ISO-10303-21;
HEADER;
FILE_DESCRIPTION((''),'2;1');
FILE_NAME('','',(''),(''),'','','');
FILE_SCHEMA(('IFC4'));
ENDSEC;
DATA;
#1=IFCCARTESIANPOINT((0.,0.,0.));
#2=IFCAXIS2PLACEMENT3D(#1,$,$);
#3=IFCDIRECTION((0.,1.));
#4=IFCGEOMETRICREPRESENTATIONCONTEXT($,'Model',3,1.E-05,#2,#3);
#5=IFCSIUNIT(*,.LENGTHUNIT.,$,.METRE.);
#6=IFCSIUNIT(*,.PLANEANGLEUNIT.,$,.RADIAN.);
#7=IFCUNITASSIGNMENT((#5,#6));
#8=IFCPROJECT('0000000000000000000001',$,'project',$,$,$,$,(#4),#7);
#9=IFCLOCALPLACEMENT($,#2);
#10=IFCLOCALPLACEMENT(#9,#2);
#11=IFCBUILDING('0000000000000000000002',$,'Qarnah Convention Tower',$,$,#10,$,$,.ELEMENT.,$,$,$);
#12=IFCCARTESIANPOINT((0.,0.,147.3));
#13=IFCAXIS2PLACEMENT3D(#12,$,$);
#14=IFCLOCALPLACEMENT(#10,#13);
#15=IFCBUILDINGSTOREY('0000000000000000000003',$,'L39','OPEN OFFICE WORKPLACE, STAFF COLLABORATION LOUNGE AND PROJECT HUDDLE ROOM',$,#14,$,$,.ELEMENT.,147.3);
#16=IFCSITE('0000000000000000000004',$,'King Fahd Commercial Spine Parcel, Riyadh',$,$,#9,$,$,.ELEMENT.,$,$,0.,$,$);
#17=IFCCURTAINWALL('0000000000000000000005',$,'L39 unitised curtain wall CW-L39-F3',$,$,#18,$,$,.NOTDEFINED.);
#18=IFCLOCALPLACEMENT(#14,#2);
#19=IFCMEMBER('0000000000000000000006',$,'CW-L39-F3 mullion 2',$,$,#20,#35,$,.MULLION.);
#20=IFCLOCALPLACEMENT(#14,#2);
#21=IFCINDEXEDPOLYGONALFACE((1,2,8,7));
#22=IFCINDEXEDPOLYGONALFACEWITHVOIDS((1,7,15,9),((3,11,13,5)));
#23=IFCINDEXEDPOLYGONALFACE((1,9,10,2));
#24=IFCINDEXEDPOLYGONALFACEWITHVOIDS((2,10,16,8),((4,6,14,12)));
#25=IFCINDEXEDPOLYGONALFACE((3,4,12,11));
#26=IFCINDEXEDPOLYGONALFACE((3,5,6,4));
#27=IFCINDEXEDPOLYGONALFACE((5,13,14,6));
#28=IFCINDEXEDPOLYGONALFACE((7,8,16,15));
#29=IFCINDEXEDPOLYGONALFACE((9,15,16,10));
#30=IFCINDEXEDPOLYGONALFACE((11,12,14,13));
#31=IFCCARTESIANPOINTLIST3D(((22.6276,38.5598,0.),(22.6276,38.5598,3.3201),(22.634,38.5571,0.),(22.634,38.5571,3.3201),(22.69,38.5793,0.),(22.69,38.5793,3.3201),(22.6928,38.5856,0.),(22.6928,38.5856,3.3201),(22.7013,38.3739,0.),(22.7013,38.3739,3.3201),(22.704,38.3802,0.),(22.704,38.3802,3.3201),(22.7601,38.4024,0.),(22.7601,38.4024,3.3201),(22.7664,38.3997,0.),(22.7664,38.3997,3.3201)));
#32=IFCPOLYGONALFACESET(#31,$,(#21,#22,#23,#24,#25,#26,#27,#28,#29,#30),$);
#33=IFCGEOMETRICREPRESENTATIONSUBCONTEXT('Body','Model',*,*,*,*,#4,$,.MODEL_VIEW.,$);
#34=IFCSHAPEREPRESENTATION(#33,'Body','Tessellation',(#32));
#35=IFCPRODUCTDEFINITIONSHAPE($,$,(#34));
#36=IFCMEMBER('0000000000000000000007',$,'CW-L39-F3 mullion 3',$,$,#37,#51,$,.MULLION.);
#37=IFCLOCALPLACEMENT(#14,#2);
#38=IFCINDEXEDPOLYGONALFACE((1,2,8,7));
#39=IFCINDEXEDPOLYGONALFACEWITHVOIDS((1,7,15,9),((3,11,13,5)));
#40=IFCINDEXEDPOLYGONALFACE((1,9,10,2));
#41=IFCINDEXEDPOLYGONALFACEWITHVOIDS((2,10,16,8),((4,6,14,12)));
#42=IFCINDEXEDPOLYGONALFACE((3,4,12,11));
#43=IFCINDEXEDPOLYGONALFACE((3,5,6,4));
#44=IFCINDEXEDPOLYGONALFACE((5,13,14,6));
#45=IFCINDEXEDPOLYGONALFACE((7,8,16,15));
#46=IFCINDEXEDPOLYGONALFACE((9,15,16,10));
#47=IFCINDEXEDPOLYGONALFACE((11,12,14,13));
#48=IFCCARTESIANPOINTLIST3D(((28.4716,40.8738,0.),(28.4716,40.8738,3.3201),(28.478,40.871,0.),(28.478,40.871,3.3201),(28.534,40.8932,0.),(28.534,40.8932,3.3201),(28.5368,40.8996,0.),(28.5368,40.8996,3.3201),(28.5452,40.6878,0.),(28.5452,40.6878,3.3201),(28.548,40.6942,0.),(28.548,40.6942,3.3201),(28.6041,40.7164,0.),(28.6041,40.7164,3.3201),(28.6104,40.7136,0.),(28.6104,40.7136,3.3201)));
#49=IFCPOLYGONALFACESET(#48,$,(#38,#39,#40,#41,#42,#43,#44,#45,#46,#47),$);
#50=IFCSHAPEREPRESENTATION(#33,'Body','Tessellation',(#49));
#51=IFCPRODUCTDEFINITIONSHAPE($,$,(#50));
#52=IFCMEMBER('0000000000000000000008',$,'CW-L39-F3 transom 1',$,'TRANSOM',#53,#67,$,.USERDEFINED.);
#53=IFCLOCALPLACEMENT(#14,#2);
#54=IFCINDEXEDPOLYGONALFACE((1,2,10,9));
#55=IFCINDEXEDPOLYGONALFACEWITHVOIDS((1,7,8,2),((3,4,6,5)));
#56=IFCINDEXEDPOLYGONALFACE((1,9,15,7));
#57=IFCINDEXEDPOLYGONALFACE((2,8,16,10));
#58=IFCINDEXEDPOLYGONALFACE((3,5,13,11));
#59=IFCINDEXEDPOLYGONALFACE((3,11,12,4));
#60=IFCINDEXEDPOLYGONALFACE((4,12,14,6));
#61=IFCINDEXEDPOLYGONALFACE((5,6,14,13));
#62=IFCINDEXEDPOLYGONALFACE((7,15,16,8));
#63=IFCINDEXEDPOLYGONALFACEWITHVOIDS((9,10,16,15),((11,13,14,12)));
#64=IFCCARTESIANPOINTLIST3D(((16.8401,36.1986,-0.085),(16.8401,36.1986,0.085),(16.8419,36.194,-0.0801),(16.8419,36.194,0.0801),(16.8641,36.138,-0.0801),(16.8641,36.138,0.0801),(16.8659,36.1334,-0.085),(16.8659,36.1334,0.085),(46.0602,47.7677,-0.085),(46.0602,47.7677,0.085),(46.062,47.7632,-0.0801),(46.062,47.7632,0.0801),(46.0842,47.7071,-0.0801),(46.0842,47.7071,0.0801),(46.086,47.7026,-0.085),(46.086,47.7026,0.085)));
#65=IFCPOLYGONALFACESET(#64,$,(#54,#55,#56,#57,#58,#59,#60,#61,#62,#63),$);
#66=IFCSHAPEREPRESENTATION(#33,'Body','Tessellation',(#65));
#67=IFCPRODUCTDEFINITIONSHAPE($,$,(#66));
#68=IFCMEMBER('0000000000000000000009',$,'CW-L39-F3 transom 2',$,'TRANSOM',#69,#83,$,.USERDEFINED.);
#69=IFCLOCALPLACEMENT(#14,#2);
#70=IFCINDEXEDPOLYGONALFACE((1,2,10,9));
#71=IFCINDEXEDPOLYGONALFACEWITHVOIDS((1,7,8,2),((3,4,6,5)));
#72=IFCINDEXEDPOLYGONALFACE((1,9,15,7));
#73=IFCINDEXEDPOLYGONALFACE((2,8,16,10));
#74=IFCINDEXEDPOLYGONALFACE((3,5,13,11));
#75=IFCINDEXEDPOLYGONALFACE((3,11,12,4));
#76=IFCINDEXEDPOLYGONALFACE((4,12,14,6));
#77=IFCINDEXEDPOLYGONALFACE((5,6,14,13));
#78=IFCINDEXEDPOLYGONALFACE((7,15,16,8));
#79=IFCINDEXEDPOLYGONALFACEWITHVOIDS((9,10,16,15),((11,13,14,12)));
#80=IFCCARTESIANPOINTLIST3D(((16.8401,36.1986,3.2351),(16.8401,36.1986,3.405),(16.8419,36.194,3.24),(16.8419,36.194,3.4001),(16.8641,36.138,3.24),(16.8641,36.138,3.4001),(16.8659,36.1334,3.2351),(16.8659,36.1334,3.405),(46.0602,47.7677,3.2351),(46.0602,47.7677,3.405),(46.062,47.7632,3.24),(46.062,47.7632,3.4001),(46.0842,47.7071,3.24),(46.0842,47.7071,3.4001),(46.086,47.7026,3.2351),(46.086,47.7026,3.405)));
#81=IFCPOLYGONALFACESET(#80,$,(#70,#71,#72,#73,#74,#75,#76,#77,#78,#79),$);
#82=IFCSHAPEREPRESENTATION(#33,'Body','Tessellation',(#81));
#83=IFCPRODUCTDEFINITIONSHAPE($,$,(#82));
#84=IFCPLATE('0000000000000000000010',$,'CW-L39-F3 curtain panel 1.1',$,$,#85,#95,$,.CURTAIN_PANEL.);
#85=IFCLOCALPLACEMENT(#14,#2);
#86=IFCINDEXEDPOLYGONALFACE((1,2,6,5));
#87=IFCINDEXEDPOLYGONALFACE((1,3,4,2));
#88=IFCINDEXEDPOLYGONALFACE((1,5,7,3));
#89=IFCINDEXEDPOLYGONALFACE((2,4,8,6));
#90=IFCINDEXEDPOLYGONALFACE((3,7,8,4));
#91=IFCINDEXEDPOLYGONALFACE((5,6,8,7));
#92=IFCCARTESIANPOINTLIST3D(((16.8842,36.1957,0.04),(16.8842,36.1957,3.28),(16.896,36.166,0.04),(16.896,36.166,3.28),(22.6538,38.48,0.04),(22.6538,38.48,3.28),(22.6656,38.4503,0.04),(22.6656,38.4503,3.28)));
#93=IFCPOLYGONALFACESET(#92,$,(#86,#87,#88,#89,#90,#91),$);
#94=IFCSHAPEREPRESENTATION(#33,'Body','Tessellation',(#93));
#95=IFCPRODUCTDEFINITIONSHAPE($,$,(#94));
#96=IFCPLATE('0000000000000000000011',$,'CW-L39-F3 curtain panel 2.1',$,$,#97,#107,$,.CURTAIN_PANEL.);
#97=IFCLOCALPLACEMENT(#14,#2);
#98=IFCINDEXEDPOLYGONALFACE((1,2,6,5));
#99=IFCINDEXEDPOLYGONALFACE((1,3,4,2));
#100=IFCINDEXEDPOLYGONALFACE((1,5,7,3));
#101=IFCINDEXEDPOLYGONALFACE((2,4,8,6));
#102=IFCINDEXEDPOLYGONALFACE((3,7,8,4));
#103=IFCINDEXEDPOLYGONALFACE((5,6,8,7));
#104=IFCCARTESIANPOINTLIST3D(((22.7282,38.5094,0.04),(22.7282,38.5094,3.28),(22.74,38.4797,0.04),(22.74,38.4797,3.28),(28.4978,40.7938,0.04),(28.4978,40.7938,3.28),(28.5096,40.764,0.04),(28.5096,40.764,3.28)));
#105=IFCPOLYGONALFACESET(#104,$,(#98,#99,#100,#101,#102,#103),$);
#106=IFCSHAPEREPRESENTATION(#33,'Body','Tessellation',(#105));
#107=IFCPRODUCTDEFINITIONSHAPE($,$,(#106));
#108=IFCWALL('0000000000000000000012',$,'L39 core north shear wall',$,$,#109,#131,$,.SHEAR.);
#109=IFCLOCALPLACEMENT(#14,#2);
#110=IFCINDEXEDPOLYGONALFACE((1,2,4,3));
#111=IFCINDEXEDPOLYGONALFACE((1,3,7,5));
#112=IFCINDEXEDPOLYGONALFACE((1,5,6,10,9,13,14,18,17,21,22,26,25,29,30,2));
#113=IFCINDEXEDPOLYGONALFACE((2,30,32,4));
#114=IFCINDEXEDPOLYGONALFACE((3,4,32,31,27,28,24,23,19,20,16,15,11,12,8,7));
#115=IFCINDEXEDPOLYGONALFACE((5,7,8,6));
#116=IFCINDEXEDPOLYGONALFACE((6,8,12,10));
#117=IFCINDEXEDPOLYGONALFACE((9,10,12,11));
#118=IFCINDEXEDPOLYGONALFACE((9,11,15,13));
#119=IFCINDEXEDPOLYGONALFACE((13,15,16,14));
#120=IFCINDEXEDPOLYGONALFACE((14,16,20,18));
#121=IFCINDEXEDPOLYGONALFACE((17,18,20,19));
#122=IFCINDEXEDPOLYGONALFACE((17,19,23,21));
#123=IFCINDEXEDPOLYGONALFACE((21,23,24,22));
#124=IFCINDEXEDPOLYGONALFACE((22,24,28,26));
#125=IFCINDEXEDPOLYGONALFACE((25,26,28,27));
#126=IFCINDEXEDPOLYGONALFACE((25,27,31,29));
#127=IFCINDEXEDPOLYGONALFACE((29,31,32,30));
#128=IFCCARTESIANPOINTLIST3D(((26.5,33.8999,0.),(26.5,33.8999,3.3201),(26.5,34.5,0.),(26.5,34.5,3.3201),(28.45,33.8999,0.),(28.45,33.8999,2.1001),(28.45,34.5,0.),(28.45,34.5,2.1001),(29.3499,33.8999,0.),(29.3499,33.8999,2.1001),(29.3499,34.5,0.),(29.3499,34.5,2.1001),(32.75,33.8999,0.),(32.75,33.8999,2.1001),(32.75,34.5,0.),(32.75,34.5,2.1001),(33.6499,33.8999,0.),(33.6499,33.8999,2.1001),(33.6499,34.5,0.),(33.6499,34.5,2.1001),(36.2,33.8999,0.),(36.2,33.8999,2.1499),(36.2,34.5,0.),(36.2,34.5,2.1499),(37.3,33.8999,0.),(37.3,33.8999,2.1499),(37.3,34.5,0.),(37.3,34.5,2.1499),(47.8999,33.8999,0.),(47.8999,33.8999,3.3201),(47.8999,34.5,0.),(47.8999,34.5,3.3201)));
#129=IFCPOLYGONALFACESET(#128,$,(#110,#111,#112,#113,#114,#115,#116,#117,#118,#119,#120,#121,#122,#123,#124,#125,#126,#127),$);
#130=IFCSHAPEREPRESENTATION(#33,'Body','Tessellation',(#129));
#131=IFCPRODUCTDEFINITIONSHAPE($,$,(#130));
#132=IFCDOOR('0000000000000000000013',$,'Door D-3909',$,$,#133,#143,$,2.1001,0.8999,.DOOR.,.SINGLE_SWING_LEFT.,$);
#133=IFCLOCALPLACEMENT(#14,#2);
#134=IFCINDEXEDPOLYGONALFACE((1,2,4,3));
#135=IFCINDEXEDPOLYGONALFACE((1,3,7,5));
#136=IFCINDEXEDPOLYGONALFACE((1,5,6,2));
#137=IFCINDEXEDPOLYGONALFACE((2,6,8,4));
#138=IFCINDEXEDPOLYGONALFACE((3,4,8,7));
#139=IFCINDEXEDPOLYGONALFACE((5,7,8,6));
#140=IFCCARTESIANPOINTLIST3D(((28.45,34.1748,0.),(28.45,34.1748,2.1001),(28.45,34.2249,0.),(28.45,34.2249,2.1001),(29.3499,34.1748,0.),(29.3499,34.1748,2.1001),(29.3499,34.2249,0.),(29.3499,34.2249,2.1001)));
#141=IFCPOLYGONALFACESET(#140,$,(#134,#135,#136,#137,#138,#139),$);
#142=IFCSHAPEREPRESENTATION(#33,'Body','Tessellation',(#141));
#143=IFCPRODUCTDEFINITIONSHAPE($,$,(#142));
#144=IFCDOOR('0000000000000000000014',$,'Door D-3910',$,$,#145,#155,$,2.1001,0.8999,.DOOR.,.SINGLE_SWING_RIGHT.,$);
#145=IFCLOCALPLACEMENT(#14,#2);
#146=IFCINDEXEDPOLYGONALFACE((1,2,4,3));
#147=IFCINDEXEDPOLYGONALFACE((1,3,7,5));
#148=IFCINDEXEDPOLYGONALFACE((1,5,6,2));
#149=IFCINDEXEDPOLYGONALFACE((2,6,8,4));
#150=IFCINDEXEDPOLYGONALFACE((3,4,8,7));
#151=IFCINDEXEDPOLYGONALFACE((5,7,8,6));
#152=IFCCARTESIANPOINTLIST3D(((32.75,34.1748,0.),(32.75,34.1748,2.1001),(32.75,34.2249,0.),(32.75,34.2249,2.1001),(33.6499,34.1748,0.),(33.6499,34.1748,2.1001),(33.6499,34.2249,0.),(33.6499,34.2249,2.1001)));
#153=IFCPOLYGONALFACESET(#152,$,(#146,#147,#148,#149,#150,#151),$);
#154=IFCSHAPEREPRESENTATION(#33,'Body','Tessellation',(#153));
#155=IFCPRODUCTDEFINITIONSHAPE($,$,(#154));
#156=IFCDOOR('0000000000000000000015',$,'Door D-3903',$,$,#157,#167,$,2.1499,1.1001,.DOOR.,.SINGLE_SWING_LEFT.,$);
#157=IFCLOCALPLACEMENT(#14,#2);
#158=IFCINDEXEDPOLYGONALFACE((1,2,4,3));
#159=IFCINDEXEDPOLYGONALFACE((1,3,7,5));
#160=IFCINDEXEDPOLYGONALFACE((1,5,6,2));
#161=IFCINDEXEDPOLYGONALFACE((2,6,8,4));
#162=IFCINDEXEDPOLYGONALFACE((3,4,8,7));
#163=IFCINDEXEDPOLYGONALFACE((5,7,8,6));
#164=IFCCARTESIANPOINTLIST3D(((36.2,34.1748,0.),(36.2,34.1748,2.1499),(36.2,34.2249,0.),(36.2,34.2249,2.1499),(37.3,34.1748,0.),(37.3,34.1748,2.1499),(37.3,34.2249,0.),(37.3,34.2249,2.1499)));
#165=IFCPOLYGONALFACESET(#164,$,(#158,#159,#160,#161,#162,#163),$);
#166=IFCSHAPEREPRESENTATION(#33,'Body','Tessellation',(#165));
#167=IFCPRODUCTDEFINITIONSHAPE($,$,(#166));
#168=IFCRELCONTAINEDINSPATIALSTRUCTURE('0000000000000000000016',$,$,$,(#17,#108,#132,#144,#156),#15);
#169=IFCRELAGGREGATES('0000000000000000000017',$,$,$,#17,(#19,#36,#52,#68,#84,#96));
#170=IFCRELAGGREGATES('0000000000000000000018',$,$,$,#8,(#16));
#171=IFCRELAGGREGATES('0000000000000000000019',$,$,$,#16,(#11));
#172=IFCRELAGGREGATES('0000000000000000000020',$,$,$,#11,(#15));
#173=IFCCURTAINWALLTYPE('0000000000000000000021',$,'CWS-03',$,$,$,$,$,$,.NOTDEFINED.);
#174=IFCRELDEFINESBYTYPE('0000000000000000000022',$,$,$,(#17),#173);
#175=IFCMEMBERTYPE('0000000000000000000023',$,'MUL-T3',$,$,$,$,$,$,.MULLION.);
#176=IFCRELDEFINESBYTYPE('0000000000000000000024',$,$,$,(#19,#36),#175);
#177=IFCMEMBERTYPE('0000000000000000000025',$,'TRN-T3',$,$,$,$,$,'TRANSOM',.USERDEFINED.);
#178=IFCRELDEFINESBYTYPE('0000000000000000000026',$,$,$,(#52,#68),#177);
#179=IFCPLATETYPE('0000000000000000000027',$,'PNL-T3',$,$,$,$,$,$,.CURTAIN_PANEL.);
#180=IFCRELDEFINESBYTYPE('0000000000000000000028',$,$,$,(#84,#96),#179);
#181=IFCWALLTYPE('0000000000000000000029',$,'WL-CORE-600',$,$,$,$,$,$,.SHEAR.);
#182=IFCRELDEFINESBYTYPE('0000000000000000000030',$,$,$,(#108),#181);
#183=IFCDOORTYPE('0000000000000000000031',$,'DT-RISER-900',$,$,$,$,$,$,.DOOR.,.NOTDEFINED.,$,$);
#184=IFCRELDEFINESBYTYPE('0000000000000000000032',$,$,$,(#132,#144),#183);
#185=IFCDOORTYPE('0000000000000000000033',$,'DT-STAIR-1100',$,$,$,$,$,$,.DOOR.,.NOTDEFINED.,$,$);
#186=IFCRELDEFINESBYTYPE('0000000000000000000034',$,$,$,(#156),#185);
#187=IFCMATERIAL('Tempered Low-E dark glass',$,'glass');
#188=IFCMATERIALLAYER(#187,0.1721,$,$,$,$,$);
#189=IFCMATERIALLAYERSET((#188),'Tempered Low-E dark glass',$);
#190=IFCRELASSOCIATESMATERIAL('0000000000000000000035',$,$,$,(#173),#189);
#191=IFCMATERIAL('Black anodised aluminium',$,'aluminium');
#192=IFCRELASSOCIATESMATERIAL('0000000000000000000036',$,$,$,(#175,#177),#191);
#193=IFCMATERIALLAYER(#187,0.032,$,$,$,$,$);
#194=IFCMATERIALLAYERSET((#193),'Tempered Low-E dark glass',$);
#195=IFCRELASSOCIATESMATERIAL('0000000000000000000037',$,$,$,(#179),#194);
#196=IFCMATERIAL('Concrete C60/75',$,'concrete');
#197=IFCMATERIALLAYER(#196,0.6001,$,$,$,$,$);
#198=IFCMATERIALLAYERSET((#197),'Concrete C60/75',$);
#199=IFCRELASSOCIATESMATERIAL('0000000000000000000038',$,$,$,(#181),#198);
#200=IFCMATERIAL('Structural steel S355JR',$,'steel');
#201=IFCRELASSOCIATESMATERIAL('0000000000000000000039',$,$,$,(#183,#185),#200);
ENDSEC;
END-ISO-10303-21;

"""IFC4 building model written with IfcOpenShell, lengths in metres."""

from ifc_helpers import new_model, si_unit, direction, frame, frame_2d, origin, origin_2d, place, context, subcontext, project, spatial, rectangle, hollow_rectangle, extrude, material, layer, layer_set, material_profile, profile_set, type_object, element, fill, aggregate, save


model = new_model("IFC4")

# Units and contexts
model_context = context("Model", 3, precision=1e-05, world=origin(), true_north=direction((0.0, 1.0)))
body_context = subcontext(model_context, "Body", "Model", "MODEL_VIEW")
ifc_project = project(units=[si_unit("LENGTHUNIT", "METRE"), si_unit("PLANEANGLEUNIT", "RADIAN")], contexts=[model_context])

# Site, building, storey
site_placement = place(None, origin())
site = spatial("IfcSite", under=ifc_project, at=site_placement, Name="King Fahd Commercial Spine Parcel, Riyadh", CompositionType="ELEMENT", RefElevation=0.0)
building_placement = place(site_placement, origin())
building = spatial("IfcBuilding", under=site, at=building_placement, Name="Qarnah Convention Tower", CompositionType="ELEMENT")
storey_placement = place(building_placement, frame((0.0, 0.0, 147.3)))
storey = spatial("IfcBuildingStorey", under=building, at=storey_placement, Name="L39", Description="OPEN OFFICE WORKPLACE, STAFF COLLABORATION LOUNGE AND PROJECT HUDDLE ROOM", CompositionType="ELEMENT", Elevation=147.3)

# Shared definitions
ifc_material_1 = material(Name="Concrete C60/75", Category="concrete")

# Shared definitions
ifc_material_2 = material(Name="Structural steel S355JR", Category="steel")

# Curtain wall, members, plates
ifc_material_3 = material(Name="Tempered Low-E dark glass", Category="glass")
ifc_layer_1 = layer(ifc_material_3, 0.1721)
ifc_layer_set_1 = layer_set([ifc_layer_1], Name="Tempered Low-E dark glass")
curtain_wall_type = type_object("IfcCurtainWallType", Name="CWS-03", PredefinedType="NOTDEFINED", material=ifc_layer_set_1)
curtain_wall_placement = place(storey_placement, origin())
curtain_wall = element("IfcCurtainWall", 1, at=curtain_wall_placement, inside=storey, type_object=curtain_wall_type, Name="L39 unitised curtain wall CW-L39-F3", PredefinedType="NOTDEFINED")
ifc_material_4 = material(Name="Black anodised aluminium", Category="aluminium")
ifc_material_profile_1 = material_profile(ifc_material_4, hollow_rectangle(XDim=0.0701, YDim=0.2, WallThickness=0.0049, at=origin_2d()), Name="MUL-70X200")
ifc_profile_set_1 = profile_set([ifc_material_profile_1], Name="Black anodised aluminium")
member_type_1 = type_object("IfcMemberType", Name="MUL-T3", PredefinedType="MULLION", material=ifc_profile_set_1)
member_1_placement = place(storey_placement, frame((22.697, 38.4797, 0.0), z_axis=(0.0, 0.0, 1.0), x_axis=(0.929777, 0.368124, 0.0)))
member_1 = element("IfcMember", 2, at=member_1_placement, type_object=member_type_1, Name="CW-L39-F3 mullion 2", PredefinedType="MULLION", context=body_context, shape_type="SweptSolid", body=[
    extrude(hollow_rectangle(XDim=0.0701, YDim=0.2, WallThickness=0.0049, at=origin_2d()), origin(), (0.0, 0.0, 1.0), 3.3201),
])
member_2_placement = place(storey_placement, frame((28.541, 40.7937, 0.0), z_axis=(0.0, 0.0, 1.0), x_axis=(0.929777, 0.368124, 0.0)))
member_2 = element("IfcMember", 3, at=member_2_placement, type_object=member_type_1, Name="CW-L39-F3 mullion 3", PredefinedType="MULLION", context=body_context, shape_type="SweptSolid", body=[
    extrude(hollow_rectangle(XDim=0.0701, YDim=0.2, WallThickness=0.0049, at=origin_2d()), origin(), (0.0, 0.0, 1.0), 3.3201),
])
ifc_material_profile_2 = material_profile(ifc_material_4, hollow_rectangle(XDim=0.0701, YDim=0.1699, WallThickness=0.0049, at=origin_2d()), Name="TRN-70X170")
ifc_profile_set_2 = profile_set([ifc_material_profile_2], Name="Black anodised aluminium")
member_type_2 = type_object("IfcMemberType", Name="TRN-T3", ElementType="TRANSOM", PredefinedType="USERDEFINED", material=ifc_profile_set_2)
member_3_placement = place(storey_placement, frame((16.853, 36.166, 0.0), z_axis=(0.929776, 0.368127, 0.0), x_axis=(-0.368127, 0.929776, 0.0)))
member_3 = element("IfcMember", 4, at=member_3_placement, type_object=member_type_2, Name="CW-L39-F3 transom 1", ObjectType="TRANSOM", PredefinedType="USERDEFINED", context=body_context, shape_type="SweptSolid", body=[
    extrude(hollow_rectangle(XDim=0.0701, YDim=0.1699, WallThickness=0.0049, at=origin_2d()), origin(), (0.0, 0.0, 1.0), 31.427),
])
member_4_placement = place(storey_placement, frame((16.853, 36.166, 3.3201), z_axis=(0.929776, 0.368127, 0.0), x_axis=(-0.368127, 0.929776, 0.0)))
member_4 = element("IfcMember", 5, at=member_4_placement, type_object=member_type_2, Name="CW-L39-F3 transom 2", ObjectType="TRANSOM", PredefinedType="USERDEFINED", context=body_context, shape_type="SweptSolid", body=[
    extrude(hollow_rectangle(XDim=0.0701, YDim=0.1699, WallThickness=0.0049, at=origin_2d()), origin(), (0.0, 0.0, 1.0), 31.427),
])
ifc_layer_2 = layer(ifc_material_3, 0.032)
ifc_layer_set_2 = layer_set([ifc_layer_2], Name="Tempered Low-E dark glass")
plate_type = type_object("IfcPlateType", Name="PNL-T3", PredefinedType="CURTAIN_PANEL", material=ifc_layer_set_2)
plate_1_placement = place(storey_placement, frame((19.7749, 37.323, 0.04), z_axis=(0.0, 0.0, 1.0), x_axis=(0.929777, 0.368124, 0.0)))
plate_1 = element("IfcPlate", 6, at=plate_1_placement, type_object=plate_type, Name="CW-L39-F3 curtain panel 1.1", PredefinedType="CURTAIN_PANEL", context=body_context, shape_type="SweptSolid", body=[
    extrude(rectangle(XDim=6.2053, YDim=0.032, at=origin_2d()), origin(), (0.0, 0.0, 1.0), 3.24),
])
plate_2_placement = place(storey_placement, frame((25.6189, 39.6367, 0.04), z_axis=(0.0, 0.0, 1.0), x_axis=(0.929777, 0.368124, 0.0)))
plate_2 = element("IfcPlate", 7, at=plate_2_placement, type_object=plate_type, Name="CW-L39-F3 curtain panel 2.1", PredefinedType="CURTAIN_PANEL", context=body_context, shape_type="SweptSolid", body=[
    extrude(rectangle(XDim=6.2053, YDim=0.032, at=origin_2d()), origin(), (0.0, 0.0, 1.0), 3.24),
])
aggregate(curtain_wall, [member_1, member_2, member_3, member_4, plate_1, plate_2])

# Wall, openings, doors
ifc_layer_3 = layer(ifc_material_1, 0.6001)
ifc_layer_set_3 = layer_set([ifc_layer_3], Name="Concrete C60/75")
wall_type_1 = type_object("IfcWallType", Name="WL-CORE-600", PredefinedType="SHEAR", material=ifc_layer_set_3)
wall_1_placement = place(storey_placement, frame((26.5, 34.2, 0.0), z_axis=(0.0, 0.0, 1.0), x_axis=(1.0, 0.0, 0.0)))
wall_1 = element("IfcWall", 8, at=wall_1_placement, inside=storey, type_object=wall_type_1, Name="L39 core north shear wall", PredefinedType="SHEAR", context=body_context, shape_type="SweptSolid", body=[
    extrude(rectangle(XDim=21.3999, YDim=0.6001, at=frame_2d((10.7, 0.0))), origin(), (0.0, 0.0, 1.0), 3.3201),
])
opening_1_placement = place(wall_1_placement, frame((9.7, 0.0, 0.0)))
opening_1 = element("IfcOpeningElement", 9, at=opening_1_placement, cuts=wall_1, PredefinedType="OPENING", context=body_context, shape_type="SweptSolid", body=[
    extrude(rectangle(XDim=1.1001, YDim=2.1499, at=frame_2d((0.55, 1.075))), frame((0.0, 0.3101, 0.0), z_axis=(0.0, -1.0, 0.0), x_axis=(1.0, 0.0, 0.0)), (0.0, 0.0, 1.0), 0.6201),
])
opening_2_placement = place(wall_1_placement, frame((1.95, 0.0, 0.0)))
opening_2 = element("IfcOpeningElement", 10, at=opening_2_placement, cuts=wall_1, PredefinedType="OPENING", context=body_context, shape_type="SweptSolid", body=[
    extrude(rectangle(XDim=0.8999, YDim=2.1001, at=frame_2d((0.45, 1.05))), frame((0.0, 0.3101, 0.0), z_axis=(0.0, -1.0, 0.0), x_axis=(1.0, 0.0, 0.0)), (0.0, 0.0, 1.0), 0.6201),
])
opening_3_placement = place(wall_1_placement, frame((6.25, 0.0, 0.0)))
opening_3 = element("IfcOpeningElement", 11, at=opening_3_placement, cuts=wall_1, PredefinedType="OPENING", context=body_context, shape_type="SweptSolid", body=[
    extrude(rectangle(XDim=0.8999, YDim=2.1001, at=frame_2d((0.45, 1.05))), frame((0.0, 0.3101, 0.0), z_axis=(0.0, -1.0, 0.0), x_axis=(1.0, 0.0, 0.0)), (0.0, 0.0, 1.0), 0.6201),
])
door_type_1 = type_object("IfcDoorType", Name="DT-RISER-900", OperationType="NOTDEFINED", PredefinedType="DOOR", material=ifc_material_2)
door_1_placement = place(opening_2_placement, origin())
door_1 = element("IfcDoor", 12, at=door_1_placement, inside=storey, type_object=door_type_1, Name="Door D-3909", OperationType="SINGLE_SWING_LEFT", OverallHeight=2.1001, OverallWidth=0.8999, PredefinedType="DOOR", context=body_context, shape_type="SweptSolid", body=[
    extrude(rectangle(XDim=0.8999, YDim=2.1001, at=frame_2d((0.45, 1.05))), frame((0.0, 0.0249, 0.0), z_axis=(0.0, -1.0, 0.0), x_axis=(1.0, 0.0, 0.0)), (0.0, 0.0, 1.0), 0.05),
])
fill(opening_2, door_1)
door_2_placement = place(opening_3_placement, origin())
door_2 = element("IfcDoor", 13, at=door_2_placement, inside=storey, type_object=door_type_1, Name="Door D-3910", OperationType="SINGLE_SWING_RIGHT", OverallHeight=2.1001, OverallWidth=0.8999, PredefinedType="DOOR", context=body_context, shape_type="SweptSolid", body=[
    extrude(rectangle(XDim=0.8999, YDim=2.1001, at=frame_2d((0.45, 1.05))), frame((0.0, 0.0249, 0.0), z_axis=(0.0, -1.0, 0.0), x_axis=(1.0, 0.0, 0.0)), (0.0, 0.0, 1.0), 0.05),
])
fill(opening_3, door_2)
door_type_2 = type_object("IfcDoorType", Name="DT-STAIR-1100", OperationType="NOTDEFINED", PredefinedType="DOOR", material=ifc_material_2)
door_3_placement = place(opening_1_placement, origin())
door_3 = element("IfcDoor", 14, at=door_3_placement, inside=storey, type_object=door_type_2, Name="Door D-3903", OperationType="SINGLE_SWING_LEFT", OverallHeight=2.1499, OverallWidth=1.1001, PredefinedType="DOOR", context=body_context, shape_type="SweptSolid", body=[
    extrude(rectangle(XDim=1.1001, YDim=2.1499, at=frame_2d((0.55, 1.075))), frame((0.0, 0.0249, 0.0), z_axis=(0.0, -1.0, 0.0), x_axis=(1.0, 0.0, 0.0)), (0.0, 0.0, 1.0), 0.05),
])
fill(opening_1, door_3)

save(model, "model.ifc")
